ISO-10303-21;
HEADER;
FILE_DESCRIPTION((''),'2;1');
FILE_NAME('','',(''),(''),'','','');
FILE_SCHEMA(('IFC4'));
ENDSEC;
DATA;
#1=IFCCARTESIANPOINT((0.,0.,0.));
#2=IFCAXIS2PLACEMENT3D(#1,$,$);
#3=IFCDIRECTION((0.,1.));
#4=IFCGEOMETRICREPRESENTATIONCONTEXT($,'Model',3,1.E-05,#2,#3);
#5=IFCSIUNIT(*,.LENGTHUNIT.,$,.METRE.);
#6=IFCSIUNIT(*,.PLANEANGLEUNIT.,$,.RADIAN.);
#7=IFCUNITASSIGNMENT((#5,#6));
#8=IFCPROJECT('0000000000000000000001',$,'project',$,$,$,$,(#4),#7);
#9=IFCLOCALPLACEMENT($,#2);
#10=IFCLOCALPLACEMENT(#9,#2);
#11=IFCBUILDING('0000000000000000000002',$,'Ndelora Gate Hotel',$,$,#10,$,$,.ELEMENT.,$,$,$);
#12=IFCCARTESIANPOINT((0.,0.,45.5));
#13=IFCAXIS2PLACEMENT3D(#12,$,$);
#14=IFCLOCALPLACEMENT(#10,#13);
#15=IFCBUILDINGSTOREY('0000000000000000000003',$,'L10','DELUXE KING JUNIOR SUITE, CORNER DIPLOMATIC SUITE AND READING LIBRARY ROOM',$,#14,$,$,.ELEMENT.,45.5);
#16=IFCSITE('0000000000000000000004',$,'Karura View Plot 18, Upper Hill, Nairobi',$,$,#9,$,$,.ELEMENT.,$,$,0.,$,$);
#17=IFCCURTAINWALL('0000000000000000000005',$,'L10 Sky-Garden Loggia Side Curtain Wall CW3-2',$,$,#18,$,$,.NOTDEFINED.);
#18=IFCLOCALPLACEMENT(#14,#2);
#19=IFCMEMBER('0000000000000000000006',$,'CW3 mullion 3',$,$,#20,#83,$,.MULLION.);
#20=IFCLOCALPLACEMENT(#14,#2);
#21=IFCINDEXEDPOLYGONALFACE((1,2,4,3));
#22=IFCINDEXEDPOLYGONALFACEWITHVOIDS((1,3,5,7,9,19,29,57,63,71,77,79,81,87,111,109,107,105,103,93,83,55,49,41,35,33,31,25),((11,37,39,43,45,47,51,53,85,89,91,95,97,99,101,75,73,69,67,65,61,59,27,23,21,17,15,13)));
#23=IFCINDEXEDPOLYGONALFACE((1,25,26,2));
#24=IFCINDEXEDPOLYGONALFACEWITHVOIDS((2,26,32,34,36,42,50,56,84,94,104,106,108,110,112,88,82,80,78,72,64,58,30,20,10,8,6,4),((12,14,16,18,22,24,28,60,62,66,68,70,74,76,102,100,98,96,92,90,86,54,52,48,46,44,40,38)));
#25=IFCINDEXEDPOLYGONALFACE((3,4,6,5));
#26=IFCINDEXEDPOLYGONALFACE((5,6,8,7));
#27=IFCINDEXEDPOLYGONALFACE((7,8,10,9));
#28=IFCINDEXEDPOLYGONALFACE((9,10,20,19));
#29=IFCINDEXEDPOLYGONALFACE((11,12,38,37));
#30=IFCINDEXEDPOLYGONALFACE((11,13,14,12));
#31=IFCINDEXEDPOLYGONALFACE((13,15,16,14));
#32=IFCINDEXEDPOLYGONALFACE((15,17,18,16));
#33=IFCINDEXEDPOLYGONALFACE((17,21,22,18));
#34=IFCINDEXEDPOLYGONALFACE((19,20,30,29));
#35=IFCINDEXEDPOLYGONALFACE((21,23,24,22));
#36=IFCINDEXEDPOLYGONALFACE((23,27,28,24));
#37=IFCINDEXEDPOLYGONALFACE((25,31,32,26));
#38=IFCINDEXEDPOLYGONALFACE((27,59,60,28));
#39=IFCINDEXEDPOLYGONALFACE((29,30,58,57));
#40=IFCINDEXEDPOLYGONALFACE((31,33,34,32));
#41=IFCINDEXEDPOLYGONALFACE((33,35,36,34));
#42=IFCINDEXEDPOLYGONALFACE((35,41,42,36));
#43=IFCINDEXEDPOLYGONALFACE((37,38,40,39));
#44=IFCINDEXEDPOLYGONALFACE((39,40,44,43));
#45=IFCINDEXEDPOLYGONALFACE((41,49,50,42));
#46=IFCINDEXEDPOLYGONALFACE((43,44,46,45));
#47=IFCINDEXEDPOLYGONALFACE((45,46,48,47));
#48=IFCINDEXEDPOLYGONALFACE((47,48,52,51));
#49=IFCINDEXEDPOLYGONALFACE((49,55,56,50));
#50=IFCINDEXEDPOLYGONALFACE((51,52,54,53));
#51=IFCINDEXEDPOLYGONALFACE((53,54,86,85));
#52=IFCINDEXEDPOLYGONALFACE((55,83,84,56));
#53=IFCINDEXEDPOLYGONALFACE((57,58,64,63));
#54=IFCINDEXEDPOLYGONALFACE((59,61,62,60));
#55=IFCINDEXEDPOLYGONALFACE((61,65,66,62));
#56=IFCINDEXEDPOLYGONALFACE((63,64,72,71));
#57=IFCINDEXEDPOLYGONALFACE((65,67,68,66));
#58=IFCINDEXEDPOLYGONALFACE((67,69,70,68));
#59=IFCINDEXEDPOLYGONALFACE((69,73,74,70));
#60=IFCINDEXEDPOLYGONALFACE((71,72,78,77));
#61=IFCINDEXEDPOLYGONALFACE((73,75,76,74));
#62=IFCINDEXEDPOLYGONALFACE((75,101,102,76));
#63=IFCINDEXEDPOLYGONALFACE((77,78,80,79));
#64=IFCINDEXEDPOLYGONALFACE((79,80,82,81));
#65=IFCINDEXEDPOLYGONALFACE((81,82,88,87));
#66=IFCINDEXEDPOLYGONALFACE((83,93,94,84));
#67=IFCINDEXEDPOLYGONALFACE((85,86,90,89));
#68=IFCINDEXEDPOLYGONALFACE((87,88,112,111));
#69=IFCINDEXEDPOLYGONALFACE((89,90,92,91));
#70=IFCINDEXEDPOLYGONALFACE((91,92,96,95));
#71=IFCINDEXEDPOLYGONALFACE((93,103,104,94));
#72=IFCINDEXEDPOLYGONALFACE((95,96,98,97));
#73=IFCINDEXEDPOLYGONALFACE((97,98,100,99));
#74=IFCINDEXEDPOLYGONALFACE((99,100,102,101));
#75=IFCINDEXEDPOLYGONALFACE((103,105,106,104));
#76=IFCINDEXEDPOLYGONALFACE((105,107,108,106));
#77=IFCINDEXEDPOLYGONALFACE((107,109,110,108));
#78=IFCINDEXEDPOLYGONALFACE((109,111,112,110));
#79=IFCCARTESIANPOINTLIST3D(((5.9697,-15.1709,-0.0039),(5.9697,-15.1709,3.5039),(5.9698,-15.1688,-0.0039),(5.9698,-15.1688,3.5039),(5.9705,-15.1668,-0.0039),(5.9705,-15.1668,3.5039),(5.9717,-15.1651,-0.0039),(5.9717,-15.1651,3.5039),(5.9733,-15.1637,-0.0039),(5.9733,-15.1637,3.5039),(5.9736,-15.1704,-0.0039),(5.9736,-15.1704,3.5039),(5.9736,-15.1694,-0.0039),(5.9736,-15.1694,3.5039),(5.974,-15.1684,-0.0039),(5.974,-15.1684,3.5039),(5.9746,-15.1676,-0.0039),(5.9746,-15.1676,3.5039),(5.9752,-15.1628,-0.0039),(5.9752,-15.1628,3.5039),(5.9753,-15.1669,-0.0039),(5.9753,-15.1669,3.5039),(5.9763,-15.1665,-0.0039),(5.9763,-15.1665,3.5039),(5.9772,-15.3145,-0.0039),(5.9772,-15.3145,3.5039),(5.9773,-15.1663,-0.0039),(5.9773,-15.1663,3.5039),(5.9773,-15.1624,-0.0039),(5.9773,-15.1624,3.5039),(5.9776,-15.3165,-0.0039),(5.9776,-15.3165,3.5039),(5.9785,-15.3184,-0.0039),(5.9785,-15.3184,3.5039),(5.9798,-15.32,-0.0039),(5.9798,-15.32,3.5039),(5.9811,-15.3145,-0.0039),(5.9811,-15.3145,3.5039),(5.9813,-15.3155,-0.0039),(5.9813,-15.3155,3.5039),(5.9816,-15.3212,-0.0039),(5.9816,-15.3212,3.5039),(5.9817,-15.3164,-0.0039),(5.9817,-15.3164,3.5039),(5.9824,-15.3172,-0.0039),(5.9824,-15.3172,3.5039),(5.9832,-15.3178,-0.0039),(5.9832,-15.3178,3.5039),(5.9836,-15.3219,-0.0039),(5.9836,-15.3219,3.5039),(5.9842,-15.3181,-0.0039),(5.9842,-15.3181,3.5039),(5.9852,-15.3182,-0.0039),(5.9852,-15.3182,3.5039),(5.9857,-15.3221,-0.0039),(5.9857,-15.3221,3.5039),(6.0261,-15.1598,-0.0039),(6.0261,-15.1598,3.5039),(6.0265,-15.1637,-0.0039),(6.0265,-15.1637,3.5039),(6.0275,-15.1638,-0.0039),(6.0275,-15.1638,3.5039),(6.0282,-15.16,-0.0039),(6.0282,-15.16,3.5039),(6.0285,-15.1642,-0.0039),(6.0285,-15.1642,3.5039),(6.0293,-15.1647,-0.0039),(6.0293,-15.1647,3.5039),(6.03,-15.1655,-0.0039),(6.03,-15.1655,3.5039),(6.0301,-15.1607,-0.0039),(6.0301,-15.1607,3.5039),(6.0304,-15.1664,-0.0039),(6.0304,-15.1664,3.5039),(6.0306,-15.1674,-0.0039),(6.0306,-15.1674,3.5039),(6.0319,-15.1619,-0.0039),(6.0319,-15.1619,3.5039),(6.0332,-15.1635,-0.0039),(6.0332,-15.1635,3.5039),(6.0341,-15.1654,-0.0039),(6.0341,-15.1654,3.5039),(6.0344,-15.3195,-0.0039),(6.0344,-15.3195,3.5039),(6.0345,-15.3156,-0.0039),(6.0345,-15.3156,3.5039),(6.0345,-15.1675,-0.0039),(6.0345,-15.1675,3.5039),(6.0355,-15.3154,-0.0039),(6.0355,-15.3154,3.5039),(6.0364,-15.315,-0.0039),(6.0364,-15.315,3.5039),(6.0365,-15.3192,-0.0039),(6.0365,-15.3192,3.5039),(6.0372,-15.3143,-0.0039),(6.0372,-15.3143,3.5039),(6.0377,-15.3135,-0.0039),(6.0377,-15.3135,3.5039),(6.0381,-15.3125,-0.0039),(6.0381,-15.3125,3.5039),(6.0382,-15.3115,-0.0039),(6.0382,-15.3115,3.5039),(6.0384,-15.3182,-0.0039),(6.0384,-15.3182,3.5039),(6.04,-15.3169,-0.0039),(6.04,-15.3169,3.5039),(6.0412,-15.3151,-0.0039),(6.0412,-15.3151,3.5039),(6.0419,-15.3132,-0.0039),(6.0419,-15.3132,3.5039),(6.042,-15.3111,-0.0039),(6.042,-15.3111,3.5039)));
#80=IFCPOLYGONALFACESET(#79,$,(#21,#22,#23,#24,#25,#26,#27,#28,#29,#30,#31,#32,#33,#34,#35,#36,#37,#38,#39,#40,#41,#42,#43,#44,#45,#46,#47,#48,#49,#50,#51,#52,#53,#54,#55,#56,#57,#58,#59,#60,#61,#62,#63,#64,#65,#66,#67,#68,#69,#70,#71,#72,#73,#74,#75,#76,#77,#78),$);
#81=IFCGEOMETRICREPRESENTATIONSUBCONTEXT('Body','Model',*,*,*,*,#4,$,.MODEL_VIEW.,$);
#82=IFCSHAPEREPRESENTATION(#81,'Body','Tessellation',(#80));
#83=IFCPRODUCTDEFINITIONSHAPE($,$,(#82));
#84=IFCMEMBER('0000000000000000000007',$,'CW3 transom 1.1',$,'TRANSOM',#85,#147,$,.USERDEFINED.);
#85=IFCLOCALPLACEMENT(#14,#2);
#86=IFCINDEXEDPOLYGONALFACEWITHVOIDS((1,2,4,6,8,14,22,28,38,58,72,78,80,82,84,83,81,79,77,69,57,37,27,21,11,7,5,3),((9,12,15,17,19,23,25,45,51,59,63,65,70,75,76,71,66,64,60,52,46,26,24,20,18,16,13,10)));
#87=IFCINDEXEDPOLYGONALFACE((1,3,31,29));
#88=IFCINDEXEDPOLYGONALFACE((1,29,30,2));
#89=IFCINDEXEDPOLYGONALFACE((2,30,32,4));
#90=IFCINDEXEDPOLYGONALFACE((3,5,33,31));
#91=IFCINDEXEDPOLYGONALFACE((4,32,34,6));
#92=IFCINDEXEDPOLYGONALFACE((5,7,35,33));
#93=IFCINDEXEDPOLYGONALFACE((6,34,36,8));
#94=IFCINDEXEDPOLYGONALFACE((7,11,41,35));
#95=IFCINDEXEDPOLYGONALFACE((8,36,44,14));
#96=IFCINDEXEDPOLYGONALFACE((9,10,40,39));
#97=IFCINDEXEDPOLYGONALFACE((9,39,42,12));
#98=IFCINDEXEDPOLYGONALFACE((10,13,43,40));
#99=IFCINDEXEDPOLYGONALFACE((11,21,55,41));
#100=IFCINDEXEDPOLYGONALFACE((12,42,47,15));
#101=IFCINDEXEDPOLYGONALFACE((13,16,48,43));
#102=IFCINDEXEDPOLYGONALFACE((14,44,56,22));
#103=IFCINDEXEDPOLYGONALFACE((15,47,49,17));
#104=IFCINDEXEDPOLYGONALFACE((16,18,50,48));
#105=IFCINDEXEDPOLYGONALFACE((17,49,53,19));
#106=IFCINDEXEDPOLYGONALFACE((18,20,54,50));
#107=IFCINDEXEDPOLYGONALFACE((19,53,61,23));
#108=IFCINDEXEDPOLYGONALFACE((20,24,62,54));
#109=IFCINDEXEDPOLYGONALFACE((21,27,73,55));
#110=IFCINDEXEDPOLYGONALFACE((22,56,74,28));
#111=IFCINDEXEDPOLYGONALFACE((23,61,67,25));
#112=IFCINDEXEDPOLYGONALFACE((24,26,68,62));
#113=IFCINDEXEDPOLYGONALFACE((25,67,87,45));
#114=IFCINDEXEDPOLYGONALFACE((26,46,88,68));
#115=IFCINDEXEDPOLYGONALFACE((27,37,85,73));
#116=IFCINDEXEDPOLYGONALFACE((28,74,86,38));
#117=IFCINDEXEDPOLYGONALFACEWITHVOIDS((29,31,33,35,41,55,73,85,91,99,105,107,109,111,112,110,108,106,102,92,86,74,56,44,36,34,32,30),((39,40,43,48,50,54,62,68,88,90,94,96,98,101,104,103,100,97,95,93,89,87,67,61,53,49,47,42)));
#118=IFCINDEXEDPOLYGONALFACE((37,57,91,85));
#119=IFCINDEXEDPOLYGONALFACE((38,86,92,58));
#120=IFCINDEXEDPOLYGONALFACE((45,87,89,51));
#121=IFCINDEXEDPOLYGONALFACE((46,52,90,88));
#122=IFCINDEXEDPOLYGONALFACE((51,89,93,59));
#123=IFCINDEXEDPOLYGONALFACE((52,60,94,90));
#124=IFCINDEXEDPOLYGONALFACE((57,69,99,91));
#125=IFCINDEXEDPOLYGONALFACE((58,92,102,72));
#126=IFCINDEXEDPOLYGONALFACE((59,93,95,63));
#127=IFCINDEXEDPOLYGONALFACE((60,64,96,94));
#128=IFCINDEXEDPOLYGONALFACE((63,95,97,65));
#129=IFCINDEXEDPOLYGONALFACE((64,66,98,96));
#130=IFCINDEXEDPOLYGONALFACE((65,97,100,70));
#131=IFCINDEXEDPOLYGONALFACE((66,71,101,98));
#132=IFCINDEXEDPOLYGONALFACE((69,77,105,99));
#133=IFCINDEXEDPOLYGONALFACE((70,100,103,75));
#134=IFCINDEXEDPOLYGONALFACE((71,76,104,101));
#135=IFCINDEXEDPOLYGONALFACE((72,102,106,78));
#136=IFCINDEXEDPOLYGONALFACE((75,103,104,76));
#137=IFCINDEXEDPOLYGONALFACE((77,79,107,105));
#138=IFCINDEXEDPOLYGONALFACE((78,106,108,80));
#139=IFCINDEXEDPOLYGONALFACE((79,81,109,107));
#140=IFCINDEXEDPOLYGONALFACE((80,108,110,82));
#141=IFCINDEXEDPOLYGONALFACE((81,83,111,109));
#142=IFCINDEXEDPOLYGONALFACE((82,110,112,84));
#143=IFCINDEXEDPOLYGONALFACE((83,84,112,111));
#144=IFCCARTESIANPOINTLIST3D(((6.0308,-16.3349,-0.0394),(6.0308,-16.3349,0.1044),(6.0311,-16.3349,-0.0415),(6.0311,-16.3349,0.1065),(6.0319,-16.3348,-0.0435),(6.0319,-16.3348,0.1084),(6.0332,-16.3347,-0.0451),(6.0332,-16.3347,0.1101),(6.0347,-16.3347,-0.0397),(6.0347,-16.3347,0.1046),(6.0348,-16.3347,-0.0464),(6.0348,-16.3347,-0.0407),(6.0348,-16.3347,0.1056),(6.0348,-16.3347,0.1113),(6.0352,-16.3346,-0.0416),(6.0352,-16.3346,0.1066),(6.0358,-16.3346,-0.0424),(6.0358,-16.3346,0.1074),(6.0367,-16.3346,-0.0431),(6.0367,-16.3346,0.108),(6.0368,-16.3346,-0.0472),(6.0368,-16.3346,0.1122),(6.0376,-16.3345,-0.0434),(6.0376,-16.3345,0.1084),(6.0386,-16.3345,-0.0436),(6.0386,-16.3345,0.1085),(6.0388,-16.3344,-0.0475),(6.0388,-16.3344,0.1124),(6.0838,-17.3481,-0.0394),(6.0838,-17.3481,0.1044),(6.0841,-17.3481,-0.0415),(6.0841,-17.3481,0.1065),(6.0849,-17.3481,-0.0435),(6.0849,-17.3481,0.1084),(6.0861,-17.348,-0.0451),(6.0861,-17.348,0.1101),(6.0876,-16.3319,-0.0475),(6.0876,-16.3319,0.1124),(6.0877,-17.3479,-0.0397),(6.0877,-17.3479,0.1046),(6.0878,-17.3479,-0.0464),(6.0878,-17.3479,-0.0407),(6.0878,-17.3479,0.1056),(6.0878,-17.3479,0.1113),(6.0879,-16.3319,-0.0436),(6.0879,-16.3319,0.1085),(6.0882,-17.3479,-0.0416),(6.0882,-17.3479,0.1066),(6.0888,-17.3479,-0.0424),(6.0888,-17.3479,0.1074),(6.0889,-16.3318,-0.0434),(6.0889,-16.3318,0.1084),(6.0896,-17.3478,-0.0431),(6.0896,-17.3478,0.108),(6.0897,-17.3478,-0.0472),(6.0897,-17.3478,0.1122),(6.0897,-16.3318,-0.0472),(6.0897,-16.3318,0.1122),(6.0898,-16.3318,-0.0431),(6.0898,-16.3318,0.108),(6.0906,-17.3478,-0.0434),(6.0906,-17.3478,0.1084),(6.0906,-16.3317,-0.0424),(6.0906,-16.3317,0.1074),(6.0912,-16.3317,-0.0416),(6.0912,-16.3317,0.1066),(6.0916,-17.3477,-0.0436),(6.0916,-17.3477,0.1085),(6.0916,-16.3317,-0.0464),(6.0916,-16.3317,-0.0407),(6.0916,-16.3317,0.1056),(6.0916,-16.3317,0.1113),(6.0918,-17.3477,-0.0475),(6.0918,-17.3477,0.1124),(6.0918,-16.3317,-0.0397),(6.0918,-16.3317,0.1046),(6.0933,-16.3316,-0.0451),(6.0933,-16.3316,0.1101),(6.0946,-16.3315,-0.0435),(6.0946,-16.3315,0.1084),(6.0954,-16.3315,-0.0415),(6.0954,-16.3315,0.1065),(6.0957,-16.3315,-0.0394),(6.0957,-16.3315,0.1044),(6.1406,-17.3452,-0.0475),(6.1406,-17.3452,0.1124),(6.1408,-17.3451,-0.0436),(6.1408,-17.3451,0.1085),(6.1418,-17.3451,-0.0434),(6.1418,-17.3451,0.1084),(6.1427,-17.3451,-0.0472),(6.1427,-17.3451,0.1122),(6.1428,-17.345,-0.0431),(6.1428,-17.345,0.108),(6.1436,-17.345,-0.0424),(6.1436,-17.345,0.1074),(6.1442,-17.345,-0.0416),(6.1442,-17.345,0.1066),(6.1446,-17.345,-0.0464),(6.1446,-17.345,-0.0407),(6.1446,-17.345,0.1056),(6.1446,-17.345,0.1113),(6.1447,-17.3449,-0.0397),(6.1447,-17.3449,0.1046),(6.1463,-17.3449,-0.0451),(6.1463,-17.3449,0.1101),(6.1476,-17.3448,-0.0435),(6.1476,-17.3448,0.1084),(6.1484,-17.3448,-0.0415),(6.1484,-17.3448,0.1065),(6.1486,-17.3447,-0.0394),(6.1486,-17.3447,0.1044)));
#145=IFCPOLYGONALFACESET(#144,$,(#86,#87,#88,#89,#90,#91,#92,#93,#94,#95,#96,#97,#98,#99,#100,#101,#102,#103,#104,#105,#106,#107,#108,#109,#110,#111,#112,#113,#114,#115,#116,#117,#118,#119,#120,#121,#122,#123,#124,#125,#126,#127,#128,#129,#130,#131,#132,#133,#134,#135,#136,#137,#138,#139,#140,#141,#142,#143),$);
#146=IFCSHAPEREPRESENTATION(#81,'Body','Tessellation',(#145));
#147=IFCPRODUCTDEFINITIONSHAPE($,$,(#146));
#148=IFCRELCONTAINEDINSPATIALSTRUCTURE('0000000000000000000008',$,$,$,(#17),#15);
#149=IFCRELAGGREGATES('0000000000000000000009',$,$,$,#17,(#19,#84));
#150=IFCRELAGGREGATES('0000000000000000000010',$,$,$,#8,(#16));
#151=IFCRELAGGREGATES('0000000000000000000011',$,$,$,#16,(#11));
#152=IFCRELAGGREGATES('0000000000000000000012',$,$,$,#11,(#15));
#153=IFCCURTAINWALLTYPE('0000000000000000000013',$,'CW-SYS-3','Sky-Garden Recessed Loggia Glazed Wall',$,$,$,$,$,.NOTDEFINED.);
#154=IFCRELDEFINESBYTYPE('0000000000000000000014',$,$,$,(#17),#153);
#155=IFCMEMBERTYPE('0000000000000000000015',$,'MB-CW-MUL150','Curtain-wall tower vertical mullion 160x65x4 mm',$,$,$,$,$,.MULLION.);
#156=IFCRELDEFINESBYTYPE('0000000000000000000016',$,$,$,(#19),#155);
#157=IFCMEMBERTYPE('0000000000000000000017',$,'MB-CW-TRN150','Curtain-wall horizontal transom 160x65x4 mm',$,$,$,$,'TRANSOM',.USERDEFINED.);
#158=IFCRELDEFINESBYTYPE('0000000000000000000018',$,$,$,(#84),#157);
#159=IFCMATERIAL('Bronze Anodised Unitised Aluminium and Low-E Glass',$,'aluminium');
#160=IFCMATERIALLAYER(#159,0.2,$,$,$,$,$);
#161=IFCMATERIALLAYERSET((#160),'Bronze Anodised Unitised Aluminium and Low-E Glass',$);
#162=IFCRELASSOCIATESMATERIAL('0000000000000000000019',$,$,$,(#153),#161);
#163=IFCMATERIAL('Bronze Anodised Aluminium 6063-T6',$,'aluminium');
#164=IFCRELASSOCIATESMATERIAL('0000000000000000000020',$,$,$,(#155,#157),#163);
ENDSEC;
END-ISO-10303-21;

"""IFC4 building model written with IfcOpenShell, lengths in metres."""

from ifc_helpers import new_model, si_unit, direction, frame, origin, origin_2d, place, context, subcontext, project, spatial, hollow_rectangle, extrude, material, layer, layer_set, material_profile, profile_set, type_object, element, aggregate, save


model = new_model("IFC4")

# Units and contexts
model_context = context("Model", 3, precision=1e-05, world=origin(), true_north=direction((0.0, 1.0)))
body_context = subcontext(model_context, "Body", "Model", "MODEL_VIEW")
ifc_project = project(units=[si_unit("LENGTHUNIT", "METRE"), si_unit("PLANEANGLEUNIT", "RADIAN")], contexts=[model_context])

# Site, building, storey
site_placement = place(None, origin())
site = spatial("IfcSite", under=ifc_project, at=site_placement, Name="Karura View Plot 18, Upper Hill, Nairobi", CompositionType="ELEMENT", RefElevation=0.0)
building_placement = place(site_placement, origin())
building = spatial("IfcBuilding", under=site, at=building_placement, Name="Ndelora Gate Hotel", CompositionType="ELEMENT")
storey_placement = place(building_placement, frame((0.0, 0.0, 45.5)))
storey = spatial("IfcBuildingStorey", under=building, at=storey_placement, Name="L10", Description="DELUXE KING JUNIOR SUITE, CORNER DIPLOMATIC SUITE AND READING LIBRARY ROOM", CompositionType="ELEMENT", Elevation=45.5)

# Curtain wall, members
ifc_material_1 = material(Name="Bronze Anodised Unitised Aluminium and Low-E Glass", Category="aluminium")
ifc_layer_1 = layer(ifc_material_1, 0.2)
ifc_layer_set_1 = layer_set([ifc_layer_1], Name="Bronze Anodised Unitised Aluminium and Low-E Glass")
curtain_wall_type = type_object("IfcCurtainWallType", Name="CW-SYS-3", Description="Sky-Garden Recessed Loggia Glazed Wall", PredefinedType="NOTDEFINED", material=ifc_layer_set_1)
curtain_wall_placement = place(storey_placement, origin())
curtain_wall = element("IfcCurtainWall", 1, at=curtain_wall_placement, inside=storey, type_object=curtain_wall_type, Name="L10 Sky-Garden Loggia Side Curtain Wall CW3-2", PredefinedType="NOTDEFINED")
ifc_material_2 = material(Name="Bronze Anodised Aluminium 6063-T6", Category="aluminium")
ifc_material_profile_1 = material_profile(ifc_material_2, hollow_rectangle(XDim=0.0649, YDim=0.1599, WallThickness=0.0039, InnerFilletRadius=0.0039, OuterFilletRadius=0.0081, at=origin_2d()), Name="ALU 160x65x4")
ifc_profile_set_1 = profile_set([ifc_material_profile_1], Name="Bronze Anodised Aluminium 6063-T6")
member_type_1 = type_object("IfcMemberType", Name="MB-CW-MUL150", Description="Curtain-wall tower vertical mullion 160x65x4 mm", PredefinedType="MULLION", material=ifc_profile_set_1)
member_1_placement = place(storey_placement, frame((6.0059, -15.241, -0.0039), z_axis=(0.0, 0.0, 1.0), x_axis=(-0.99863, -0.052318, 0.0)))
member_1 = element("IfcMember", 2, at=member_1_placement, type_object=member_type_1, Name="CW3 mullion 3", PredefinedType="MULLION", context=body_context, shape_type="SweptSolid", body=[
    extrude(hollow_rectangle(XDim=0.0649, YDim=0.1599, WallThickness=0.0039, InnerFilletRadius=0.0039, OuterFilletRadius=0.0081, at=origin_2d()), origin(), (0.0, 0.0, 1.0), 3.5078),
])
ifc_material_profile_2 = material_profile(ifc_material_2, hollow_rectangle(XDim=0.0649, YDim=0.1599, WallThickness=0.0039, InnerFilletRadius=0.0039, OuterFilletRadius=0.0081, at=origin_2d()), Name="ALU 160x65x4")
ifc_profile_set_2 = profile_set([ifc_material_profile_2], Name="Bronze Anodised Aluminium 6063-T6")
member_type_2 = type_object("IfcMemberType", Name="MB-CW-TRN150", Description="Curtain-wall horizontal transom 160x65x4 mm", ElementType="TRANSOM", PredefinedType="USERDEFINED", material=ifc_profile_set_2)
member_2_placement = place(storey_placement, frame((6.1162, -17.3464, 0.0325), z_axis=(-0.052218, 0.998636, 0.0), x_axis=(-0.998636, -0.052218, 0.0)))
member_2 = element("IfcMember", 3, at=member_2_placement, type_object=member_type_2, Name="CW3 transom 1.1", ObjectType="TRANSOM", PredefinedType="USERDEFINED", context=body_context, shape_type="SweptSolid", body=[
    extrude(hollow_rectangle(XDim=0.0649, YDim=0.1599, WallThickness=0.0039, InnerFilletRadius=0.0039, OuterFilletRadius=0.0081, at=origin_2d()), origin(), (0.0, 0.0, 1.0), 1.0146),
])
aggregate(curtain_wall, [member_1, member_2])

save(model, "model.ifc")
